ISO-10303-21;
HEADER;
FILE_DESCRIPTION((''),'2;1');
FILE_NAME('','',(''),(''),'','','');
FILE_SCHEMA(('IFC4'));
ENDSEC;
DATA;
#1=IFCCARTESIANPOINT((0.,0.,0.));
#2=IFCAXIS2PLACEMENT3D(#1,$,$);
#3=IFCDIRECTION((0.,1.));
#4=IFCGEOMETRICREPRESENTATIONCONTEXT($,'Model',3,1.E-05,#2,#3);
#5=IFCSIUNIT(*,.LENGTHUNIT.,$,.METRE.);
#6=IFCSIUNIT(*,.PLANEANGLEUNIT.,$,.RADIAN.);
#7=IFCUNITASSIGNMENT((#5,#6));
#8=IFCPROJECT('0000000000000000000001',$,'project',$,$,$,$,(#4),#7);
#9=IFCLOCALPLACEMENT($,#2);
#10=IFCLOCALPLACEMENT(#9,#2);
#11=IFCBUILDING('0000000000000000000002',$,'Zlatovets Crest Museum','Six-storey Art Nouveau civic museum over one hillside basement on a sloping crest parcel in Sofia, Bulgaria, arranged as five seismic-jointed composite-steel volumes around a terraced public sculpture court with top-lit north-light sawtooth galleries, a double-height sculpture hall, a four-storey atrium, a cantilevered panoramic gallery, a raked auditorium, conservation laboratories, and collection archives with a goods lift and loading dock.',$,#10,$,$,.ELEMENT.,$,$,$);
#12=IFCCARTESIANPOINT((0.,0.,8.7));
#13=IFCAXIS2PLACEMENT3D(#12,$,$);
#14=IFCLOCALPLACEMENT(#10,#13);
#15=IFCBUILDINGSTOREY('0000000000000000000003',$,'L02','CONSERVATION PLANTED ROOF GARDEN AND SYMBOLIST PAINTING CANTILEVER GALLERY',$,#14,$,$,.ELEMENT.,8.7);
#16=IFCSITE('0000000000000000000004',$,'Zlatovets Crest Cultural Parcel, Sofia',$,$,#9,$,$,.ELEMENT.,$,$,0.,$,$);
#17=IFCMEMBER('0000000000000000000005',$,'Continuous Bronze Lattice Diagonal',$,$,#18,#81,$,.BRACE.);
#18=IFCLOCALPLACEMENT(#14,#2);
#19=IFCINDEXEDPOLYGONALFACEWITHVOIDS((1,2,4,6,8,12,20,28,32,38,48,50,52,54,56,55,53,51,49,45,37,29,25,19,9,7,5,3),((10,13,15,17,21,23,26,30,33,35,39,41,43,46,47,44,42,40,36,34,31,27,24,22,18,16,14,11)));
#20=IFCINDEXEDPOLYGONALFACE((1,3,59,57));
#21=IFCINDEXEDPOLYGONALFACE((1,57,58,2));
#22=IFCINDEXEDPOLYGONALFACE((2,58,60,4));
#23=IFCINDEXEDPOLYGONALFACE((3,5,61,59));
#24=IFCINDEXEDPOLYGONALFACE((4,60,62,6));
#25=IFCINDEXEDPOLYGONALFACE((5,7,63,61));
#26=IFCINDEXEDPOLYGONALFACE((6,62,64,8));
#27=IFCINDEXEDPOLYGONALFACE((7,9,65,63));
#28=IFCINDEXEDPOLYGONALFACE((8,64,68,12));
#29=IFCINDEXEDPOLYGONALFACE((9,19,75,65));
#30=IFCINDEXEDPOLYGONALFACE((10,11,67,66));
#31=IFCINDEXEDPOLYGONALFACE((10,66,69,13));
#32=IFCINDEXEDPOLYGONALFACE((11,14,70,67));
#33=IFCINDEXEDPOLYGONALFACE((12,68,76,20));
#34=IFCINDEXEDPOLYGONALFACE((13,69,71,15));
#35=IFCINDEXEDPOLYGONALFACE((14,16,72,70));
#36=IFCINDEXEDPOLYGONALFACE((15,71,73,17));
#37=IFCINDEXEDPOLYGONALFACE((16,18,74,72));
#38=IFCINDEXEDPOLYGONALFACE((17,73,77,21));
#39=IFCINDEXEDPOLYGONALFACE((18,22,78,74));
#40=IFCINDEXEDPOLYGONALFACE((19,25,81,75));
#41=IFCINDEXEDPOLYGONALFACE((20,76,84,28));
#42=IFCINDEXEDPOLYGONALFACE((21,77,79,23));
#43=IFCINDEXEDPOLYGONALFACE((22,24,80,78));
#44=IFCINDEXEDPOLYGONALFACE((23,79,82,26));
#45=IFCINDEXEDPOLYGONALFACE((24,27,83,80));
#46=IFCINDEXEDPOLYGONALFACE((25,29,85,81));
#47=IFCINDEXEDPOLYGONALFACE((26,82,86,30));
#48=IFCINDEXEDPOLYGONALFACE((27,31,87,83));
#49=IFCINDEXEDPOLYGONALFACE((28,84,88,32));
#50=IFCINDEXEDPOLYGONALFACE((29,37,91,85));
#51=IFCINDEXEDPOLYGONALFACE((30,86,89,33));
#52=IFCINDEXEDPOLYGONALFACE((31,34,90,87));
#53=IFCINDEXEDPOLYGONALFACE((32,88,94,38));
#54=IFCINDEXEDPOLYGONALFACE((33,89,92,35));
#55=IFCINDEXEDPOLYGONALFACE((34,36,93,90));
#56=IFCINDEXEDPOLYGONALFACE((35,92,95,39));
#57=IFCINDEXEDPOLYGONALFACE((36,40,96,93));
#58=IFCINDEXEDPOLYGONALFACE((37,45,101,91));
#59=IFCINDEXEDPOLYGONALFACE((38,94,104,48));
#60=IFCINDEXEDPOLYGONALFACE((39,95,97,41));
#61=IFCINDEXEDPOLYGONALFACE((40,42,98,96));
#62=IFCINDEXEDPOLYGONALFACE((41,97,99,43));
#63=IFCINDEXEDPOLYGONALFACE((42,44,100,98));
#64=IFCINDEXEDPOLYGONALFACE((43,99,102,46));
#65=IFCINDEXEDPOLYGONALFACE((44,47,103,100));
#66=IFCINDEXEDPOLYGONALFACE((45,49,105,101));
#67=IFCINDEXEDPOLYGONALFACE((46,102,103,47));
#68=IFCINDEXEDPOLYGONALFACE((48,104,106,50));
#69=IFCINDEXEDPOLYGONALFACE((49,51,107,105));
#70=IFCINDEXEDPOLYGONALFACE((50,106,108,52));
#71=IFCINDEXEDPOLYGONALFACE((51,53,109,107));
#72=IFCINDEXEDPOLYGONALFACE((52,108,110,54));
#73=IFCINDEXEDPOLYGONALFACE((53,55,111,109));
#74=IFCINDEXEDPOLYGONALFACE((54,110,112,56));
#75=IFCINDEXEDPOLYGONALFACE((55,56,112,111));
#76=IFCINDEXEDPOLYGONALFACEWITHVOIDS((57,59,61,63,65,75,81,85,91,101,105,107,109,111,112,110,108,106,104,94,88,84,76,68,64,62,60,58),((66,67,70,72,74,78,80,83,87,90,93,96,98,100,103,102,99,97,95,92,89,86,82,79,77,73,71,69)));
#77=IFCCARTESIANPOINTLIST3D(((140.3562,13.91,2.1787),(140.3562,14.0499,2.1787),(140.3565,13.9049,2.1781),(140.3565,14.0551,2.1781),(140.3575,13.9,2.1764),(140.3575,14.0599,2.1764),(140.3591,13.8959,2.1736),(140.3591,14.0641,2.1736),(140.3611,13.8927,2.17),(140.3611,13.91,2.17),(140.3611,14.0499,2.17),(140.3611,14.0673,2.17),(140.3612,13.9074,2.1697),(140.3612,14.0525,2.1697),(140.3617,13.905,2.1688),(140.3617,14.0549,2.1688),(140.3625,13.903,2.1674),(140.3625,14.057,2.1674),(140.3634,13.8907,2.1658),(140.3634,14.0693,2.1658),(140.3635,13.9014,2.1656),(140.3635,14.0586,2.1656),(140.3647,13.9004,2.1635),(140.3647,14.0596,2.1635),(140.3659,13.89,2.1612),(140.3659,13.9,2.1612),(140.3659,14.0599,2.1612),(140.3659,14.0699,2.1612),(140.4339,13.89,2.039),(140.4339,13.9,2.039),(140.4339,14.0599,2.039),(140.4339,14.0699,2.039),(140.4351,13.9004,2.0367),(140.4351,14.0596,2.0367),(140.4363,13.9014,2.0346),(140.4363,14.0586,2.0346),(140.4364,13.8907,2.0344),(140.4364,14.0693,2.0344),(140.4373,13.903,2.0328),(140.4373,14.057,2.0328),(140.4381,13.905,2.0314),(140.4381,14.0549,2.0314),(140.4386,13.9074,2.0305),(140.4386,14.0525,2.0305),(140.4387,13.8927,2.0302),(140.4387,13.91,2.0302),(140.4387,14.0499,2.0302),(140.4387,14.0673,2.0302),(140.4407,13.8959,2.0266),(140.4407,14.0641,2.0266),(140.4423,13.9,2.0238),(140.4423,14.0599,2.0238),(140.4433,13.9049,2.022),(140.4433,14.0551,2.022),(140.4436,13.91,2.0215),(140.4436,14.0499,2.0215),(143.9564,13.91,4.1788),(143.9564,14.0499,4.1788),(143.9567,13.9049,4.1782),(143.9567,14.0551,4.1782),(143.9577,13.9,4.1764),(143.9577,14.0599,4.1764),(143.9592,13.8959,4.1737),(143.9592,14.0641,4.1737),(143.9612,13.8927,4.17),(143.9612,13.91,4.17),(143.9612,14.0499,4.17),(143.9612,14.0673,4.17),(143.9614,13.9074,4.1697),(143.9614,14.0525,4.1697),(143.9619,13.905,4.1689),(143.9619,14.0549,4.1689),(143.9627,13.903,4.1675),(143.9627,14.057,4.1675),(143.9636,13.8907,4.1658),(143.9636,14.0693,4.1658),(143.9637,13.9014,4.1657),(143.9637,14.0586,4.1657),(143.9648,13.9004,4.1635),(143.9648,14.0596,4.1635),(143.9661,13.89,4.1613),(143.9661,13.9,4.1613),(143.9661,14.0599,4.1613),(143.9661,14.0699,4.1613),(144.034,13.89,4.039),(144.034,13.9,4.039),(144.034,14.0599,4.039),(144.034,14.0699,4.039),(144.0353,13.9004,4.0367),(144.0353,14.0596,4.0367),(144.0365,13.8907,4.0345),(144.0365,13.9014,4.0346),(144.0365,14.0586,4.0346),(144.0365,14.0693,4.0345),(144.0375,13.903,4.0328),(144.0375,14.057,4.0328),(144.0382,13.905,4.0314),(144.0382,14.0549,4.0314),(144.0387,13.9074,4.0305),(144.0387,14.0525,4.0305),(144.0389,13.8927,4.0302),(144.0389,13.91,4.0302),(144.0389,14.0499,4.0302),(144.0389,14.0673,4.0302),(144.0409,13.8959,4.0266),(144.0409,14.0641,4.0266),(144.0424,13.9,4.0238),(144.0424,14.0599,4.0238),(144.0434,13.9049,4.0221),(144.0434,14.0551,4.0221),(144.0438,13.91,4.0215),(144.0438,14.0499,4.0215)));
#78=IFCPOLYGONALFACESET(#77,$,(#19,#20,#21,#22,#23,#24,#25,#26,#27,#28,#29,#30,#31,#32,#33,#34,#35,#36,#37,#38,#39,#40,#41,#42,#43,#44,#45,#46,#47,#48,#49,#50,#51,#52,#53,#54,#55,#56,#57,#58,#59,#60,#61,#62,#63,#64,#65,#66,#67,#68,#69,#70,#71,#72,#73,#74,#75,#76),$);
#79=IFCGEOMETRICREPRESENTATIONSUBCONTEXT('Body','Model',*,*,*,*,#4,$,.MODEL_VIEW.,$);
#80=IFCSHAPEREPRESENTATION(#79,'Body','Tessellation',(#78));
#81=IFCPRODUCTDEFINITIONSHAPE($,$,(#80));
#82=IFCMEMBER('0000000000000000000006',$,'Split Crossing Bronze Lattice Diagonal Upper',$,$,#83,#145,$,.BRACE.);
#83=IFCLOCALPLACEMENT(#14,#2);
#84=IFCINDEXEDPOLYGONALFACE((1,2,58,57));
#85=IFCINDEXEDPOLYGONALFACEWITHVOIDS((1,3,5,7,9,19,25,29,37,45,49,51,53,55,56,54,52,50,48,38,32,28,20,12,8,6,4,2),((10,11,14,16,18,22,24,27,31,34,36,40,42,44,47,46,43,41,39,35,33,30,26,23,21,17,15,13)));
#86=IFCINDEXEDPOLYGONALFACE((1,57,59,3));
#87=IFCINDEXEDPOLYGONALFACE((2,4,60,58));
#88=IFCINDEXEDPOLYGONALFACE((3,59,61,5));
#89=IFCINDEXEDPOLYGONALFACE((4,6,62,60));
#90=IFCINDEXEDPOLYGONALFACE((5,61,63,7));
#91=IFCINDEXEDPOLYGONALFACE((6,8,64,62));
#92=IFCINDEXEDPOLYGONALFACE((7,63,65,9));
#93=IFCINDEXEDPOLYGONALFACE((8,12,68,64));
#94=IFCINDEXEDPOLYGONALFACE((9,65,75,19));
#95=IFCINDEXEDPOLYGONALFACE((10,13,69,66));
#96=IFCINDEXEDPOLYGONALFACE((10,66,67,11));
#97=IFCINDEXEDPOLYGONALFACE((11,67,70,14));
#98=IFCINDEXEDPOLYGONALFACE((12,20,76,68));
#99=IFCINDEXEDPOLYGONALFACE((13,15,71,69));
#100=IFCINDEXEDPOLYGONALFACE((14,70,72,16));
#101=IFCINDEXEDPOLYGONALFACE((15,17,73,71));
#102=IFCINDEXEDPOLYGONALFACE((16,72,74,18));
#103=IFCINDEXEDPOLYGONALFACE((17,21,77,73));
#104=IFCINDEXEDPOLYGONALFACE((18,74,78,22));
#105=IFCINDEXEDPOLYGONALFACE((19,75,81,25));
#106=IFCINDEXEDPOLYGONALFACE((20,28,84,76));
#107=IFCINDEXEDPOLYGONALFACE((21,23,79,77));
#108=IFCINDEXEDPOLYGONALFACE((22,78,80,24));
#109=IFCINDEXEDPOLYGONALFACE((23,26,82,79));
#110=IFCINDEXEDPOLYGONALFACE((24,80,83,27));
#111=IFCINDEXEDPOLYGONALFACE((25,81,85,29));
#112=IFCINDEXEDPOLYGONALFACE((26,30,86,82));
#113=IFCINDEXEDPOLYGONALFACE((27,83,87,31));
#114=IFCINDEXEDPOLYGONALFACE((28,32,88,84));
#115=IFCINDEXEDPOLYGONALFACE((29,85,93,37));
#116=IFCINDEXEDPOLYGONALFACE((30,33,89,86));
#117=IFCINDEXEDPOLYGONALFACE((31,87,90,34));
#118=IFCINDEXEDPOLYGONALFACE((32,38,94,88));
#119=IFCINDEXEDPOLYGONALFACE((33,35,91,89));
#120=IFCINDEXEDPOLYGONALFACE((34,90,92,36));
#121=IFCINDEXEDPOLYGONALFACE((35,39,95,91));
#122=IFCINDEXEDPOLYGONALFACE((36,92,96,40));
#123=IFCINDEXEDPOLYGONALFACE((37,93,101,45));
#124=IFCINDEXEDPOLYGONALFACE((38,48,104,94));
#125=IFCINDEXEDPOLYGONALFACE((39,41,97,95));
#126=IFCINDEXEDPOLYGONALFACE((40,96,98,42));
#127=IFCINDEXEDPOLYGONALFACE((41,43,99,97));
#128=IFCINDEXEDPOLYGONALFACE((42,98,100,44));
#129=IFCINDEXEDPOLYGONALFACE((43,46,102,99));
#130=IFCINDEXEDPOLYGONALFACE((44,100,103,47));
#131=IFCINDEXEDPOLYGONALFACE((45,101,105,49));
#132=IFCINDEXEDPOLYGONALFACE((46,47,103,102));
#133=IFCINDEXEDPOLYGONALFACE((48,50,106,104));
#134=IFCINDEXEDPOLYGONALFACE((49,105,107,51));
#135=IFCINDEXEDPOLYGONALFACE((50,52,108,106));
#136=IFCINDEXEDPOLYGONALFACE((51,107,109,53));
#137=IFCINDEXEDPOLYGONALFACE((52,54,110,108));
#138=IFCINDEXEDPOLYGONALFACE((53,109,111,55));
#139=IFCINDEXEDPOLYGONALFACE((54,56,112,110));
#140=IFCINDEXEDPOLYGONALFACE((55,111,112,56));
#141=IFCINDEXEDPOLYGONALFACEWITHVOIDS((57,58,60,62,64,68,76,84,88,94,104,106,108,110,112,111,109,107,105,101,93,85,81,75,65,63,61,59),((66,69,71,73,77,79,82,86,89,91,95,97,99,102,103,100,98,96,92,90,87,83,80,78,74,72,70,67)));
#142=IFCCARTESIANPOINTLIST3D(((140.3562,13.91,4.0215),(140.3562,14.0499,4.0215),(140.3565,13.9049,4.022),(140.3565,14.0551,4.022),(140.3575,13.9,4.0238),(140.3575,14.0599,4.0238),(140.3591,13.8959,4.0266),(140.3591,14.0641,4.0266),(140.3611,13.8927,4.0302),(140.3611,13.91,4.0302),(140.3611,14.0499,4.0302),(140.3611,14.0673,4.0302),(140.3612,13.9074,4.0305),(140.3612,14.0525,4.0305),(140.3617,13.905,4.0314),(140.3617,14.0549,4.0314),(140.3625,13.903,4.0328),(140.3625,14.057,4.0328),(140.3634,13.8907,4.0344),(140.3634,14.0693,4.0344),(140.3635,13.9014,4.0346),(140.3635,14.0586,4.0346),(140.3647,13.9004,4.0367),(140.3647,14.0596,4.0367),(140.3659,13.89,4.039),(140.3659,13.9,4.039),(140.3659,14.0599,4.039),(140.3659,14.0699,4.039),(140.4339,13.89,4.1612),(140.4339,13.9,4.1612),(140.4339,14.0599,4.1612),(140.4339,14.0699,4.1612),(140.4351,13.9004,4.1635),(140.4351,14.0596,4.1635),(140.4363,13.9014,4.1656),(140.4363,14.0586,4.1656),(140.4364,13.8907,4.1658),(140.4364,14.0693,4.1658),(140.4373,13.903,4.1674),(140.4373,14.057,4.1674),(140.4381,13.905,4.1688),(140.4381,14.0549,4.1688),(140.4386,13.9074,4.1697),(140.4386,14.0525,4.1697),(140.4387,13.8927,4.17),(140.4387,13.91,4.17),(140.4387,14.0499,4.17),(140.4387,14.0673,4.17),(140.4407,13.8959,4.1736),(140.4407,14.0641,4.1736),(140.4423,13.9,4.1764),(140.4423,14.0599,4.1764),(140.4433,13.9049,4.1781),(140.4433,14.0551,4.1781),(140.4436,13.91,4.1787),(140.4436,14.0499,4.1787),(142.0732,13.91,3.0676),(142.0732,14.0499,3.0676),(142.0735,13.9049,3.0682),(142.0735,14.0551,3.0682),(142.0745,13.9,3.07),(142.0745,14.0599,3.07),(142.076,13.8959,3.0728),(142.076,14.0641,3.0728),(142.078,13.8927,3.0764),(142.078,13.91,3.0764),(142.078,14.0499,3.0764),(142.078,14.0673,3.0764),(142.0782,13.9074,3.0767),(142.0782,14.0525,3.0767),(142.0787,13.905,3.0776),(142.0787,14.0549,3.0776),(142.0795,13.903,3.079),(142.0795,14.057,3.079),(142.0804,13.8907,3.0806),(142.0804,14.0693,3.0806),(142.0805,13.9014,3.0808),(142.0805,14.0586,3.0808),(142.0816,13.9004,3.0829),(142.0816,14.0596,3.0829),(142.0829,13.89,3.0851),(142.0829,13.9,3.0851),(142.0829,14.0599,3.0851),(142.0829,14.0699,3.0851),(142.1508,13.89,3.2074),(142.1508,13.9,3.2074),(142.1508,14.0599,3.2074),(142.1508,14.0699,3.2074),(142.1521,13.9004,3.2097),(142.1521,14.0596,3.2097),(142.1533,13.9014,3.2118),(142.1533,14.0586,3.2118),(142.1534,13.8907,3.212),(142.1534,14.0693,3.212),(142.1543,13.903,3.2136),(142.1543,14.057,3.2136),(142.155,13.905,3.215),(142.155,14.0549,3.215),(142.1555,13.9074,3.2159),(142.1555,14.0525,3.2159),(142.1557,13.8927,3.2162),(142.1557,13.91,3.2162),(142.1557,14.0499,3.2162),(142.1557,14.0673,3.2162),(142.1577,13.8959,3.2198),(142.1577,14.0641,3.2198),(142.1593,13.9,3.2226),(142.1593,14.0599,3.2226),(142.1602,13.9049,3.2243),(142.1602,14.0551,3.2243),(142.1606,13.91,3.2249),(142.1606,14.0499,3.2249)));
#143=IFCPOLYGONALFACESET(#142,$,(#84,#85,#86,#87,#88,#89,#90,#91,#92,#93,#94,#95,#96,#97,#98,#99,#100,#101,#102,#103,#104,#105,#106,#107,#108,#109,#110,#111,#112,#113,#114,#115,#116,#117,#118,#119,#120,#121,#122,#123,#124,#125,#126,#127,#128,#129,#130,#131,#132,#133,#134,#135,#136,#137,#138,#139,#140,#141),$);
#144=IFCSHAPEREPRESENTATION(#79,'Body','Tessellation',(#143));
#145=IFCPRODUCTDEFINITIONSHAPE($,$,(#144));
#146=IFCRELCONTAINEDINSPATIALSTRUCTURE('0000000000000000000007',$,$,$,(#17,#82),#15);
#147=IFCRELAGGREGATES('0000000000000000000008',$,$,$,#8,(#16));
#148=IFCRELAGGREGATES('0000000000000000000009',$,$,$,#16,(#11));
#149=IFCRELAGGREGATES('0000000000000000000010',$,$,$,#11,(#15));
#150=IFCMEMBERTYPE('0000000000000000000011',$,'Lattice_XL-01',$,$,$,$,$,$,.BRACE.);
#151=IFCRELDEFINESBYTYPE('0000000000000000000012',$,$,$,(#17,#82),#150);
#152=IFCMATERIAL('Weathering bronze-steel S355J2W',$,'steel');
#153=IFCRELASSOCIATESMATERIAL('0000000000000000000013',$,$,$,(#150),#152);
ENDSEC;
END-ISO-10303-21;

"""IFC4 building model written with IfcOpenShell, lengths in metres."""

from ifc_helpers import new_model, si_unit, direction, frame, origin, origin_2d, place, context, subcontext, project, spatial, hollow_rectangle, extrude, material, material_profile, profile_set, type_object, element, save


model = new_model("IFC4")

# Units and contexts
model_context = context("Model", 3, precision=1e-05, world=origin(), true_north=direction((0.0, 1.0)))
body_context = subcontext(model_context, "Body", "Model", "MODEL_VIEW")
ifc_project = project(units=[si_unit("LENGTHUNIT", "METRE"), si_unit("PLANEANGLEUNIT", "RADIAN")], contexts=[model_context])

# Site, building, storey
site_placement = place(None, origin())
site = spatial("IfcSite", under=ifc_project, at=site_placement, Name="Zlatovets Crest Cultural Parcel, Sofia", CompositionType="ELEMENT", RefElevation=0.0)
building_placement = place(site_placement, origin())
building = spatial("IfcBuilding", under=site, at=building_placement, Name="Zlatovets Crest Museum", Description="Six-storey Art Nouveau civic museum over one hillside basement on a sloping crest parcel in Sofia, Bulgaria, arranged as five seismic-jointed composite-steel volumes around a terraced public sculpture court with top-lit north-light sawtooth galleries, a double-height sculpture hall, a four-storey atrium, a cantilevered panoramic gallery, a raked auditorium, conservation laboratories, and collection archives with a goods lift and loading dock.", CompositionType="ELEMENT")
storey_placement = place(building_placement, frame((0.0, 0.0, 8.7)))
storey = spatial("IfcBuildingStorey", under=building, at=storey_placement, Name="L02", Description="CONSERVATION PLANTED ROOF GARDEN AND SYMBOLIST PAINTING CANTILEVER GALLERY", CompositionType="ELEMENT", Elevation=8.7)

# Members
ifc_material_1 = material(Name="Weathering bronze-steel S355J2W", Category="steel")
ifc_material_profile_1 = material_profile(ifc_material_1, hollow_rectangle(XDim=0.1799, YDim=0.1799, WallThickness=0.01, InnerFilletRadius=0.01, OuterFilletRadius=0.02, at=origin_2d()), Name="SHS 180x180x10.0")
ifc_profile_set_1 = profile_set([ifc_material_profile_1], Name="Weathering bronze-steel S355J2W")
member_type_1 = type_object("IfcMemberType", Name="Lattice_XL-01", PredefinedType="BRACE", material=ifc_profile_set_1)
member_1_placement = place(storey_placement, frame((140.3999, 13.98, 2.1001), z_axis=(0.874163, 0.0, 0.485633), x_axis=(0.0, 1.0, 0.0)))
element("IfcMember", 1, at=member_1_placement, inside=storey, type_object=member_type_1, Name="Continuous Bronze Lattice Diagonal", PredefinedType="BRACE", context=body_context, shape_type="SweptSolid", body=[
    extrude(hollow_rectangle(XDim=0.1799, YDim=0.1799, WallThickness=0.01, InnerFilletRadius=0.01, OuterFilletRadius=0.02, at=origin_2d()), origin(), (0.0, 0.0, 1.0), 4.1184),
])
for number, where, z_axis, x_axis, name in (
    (2, (140.3999, 13.98, 4.1001), (0.874169, 0.0, -0.485622), (0.0, 1.0, 0.0), "Split Crossing Bronze Lattice Diagonal Upper"),
):
    element("IfcMember", number, at=place(storey_placement, frame(where, z_axis=z_axis, x_axis=x_axis)), inside=storey, type_object=member_type_1, Name=name, PredefinedType="BRACE", context=body_context, shape_type="SweptSolid", body=[
        extrude(hollow_rectangle(XDim=0.1799, YDim=0.1799, WallThickness=0.01, InnerFilletRadius=0.01, OuterFilletRadius=0.02, at=origin_2d()), origin(), (0.0, 0.0, 1.0), 1.9641),
    ])

save(model, "model.ifc")
